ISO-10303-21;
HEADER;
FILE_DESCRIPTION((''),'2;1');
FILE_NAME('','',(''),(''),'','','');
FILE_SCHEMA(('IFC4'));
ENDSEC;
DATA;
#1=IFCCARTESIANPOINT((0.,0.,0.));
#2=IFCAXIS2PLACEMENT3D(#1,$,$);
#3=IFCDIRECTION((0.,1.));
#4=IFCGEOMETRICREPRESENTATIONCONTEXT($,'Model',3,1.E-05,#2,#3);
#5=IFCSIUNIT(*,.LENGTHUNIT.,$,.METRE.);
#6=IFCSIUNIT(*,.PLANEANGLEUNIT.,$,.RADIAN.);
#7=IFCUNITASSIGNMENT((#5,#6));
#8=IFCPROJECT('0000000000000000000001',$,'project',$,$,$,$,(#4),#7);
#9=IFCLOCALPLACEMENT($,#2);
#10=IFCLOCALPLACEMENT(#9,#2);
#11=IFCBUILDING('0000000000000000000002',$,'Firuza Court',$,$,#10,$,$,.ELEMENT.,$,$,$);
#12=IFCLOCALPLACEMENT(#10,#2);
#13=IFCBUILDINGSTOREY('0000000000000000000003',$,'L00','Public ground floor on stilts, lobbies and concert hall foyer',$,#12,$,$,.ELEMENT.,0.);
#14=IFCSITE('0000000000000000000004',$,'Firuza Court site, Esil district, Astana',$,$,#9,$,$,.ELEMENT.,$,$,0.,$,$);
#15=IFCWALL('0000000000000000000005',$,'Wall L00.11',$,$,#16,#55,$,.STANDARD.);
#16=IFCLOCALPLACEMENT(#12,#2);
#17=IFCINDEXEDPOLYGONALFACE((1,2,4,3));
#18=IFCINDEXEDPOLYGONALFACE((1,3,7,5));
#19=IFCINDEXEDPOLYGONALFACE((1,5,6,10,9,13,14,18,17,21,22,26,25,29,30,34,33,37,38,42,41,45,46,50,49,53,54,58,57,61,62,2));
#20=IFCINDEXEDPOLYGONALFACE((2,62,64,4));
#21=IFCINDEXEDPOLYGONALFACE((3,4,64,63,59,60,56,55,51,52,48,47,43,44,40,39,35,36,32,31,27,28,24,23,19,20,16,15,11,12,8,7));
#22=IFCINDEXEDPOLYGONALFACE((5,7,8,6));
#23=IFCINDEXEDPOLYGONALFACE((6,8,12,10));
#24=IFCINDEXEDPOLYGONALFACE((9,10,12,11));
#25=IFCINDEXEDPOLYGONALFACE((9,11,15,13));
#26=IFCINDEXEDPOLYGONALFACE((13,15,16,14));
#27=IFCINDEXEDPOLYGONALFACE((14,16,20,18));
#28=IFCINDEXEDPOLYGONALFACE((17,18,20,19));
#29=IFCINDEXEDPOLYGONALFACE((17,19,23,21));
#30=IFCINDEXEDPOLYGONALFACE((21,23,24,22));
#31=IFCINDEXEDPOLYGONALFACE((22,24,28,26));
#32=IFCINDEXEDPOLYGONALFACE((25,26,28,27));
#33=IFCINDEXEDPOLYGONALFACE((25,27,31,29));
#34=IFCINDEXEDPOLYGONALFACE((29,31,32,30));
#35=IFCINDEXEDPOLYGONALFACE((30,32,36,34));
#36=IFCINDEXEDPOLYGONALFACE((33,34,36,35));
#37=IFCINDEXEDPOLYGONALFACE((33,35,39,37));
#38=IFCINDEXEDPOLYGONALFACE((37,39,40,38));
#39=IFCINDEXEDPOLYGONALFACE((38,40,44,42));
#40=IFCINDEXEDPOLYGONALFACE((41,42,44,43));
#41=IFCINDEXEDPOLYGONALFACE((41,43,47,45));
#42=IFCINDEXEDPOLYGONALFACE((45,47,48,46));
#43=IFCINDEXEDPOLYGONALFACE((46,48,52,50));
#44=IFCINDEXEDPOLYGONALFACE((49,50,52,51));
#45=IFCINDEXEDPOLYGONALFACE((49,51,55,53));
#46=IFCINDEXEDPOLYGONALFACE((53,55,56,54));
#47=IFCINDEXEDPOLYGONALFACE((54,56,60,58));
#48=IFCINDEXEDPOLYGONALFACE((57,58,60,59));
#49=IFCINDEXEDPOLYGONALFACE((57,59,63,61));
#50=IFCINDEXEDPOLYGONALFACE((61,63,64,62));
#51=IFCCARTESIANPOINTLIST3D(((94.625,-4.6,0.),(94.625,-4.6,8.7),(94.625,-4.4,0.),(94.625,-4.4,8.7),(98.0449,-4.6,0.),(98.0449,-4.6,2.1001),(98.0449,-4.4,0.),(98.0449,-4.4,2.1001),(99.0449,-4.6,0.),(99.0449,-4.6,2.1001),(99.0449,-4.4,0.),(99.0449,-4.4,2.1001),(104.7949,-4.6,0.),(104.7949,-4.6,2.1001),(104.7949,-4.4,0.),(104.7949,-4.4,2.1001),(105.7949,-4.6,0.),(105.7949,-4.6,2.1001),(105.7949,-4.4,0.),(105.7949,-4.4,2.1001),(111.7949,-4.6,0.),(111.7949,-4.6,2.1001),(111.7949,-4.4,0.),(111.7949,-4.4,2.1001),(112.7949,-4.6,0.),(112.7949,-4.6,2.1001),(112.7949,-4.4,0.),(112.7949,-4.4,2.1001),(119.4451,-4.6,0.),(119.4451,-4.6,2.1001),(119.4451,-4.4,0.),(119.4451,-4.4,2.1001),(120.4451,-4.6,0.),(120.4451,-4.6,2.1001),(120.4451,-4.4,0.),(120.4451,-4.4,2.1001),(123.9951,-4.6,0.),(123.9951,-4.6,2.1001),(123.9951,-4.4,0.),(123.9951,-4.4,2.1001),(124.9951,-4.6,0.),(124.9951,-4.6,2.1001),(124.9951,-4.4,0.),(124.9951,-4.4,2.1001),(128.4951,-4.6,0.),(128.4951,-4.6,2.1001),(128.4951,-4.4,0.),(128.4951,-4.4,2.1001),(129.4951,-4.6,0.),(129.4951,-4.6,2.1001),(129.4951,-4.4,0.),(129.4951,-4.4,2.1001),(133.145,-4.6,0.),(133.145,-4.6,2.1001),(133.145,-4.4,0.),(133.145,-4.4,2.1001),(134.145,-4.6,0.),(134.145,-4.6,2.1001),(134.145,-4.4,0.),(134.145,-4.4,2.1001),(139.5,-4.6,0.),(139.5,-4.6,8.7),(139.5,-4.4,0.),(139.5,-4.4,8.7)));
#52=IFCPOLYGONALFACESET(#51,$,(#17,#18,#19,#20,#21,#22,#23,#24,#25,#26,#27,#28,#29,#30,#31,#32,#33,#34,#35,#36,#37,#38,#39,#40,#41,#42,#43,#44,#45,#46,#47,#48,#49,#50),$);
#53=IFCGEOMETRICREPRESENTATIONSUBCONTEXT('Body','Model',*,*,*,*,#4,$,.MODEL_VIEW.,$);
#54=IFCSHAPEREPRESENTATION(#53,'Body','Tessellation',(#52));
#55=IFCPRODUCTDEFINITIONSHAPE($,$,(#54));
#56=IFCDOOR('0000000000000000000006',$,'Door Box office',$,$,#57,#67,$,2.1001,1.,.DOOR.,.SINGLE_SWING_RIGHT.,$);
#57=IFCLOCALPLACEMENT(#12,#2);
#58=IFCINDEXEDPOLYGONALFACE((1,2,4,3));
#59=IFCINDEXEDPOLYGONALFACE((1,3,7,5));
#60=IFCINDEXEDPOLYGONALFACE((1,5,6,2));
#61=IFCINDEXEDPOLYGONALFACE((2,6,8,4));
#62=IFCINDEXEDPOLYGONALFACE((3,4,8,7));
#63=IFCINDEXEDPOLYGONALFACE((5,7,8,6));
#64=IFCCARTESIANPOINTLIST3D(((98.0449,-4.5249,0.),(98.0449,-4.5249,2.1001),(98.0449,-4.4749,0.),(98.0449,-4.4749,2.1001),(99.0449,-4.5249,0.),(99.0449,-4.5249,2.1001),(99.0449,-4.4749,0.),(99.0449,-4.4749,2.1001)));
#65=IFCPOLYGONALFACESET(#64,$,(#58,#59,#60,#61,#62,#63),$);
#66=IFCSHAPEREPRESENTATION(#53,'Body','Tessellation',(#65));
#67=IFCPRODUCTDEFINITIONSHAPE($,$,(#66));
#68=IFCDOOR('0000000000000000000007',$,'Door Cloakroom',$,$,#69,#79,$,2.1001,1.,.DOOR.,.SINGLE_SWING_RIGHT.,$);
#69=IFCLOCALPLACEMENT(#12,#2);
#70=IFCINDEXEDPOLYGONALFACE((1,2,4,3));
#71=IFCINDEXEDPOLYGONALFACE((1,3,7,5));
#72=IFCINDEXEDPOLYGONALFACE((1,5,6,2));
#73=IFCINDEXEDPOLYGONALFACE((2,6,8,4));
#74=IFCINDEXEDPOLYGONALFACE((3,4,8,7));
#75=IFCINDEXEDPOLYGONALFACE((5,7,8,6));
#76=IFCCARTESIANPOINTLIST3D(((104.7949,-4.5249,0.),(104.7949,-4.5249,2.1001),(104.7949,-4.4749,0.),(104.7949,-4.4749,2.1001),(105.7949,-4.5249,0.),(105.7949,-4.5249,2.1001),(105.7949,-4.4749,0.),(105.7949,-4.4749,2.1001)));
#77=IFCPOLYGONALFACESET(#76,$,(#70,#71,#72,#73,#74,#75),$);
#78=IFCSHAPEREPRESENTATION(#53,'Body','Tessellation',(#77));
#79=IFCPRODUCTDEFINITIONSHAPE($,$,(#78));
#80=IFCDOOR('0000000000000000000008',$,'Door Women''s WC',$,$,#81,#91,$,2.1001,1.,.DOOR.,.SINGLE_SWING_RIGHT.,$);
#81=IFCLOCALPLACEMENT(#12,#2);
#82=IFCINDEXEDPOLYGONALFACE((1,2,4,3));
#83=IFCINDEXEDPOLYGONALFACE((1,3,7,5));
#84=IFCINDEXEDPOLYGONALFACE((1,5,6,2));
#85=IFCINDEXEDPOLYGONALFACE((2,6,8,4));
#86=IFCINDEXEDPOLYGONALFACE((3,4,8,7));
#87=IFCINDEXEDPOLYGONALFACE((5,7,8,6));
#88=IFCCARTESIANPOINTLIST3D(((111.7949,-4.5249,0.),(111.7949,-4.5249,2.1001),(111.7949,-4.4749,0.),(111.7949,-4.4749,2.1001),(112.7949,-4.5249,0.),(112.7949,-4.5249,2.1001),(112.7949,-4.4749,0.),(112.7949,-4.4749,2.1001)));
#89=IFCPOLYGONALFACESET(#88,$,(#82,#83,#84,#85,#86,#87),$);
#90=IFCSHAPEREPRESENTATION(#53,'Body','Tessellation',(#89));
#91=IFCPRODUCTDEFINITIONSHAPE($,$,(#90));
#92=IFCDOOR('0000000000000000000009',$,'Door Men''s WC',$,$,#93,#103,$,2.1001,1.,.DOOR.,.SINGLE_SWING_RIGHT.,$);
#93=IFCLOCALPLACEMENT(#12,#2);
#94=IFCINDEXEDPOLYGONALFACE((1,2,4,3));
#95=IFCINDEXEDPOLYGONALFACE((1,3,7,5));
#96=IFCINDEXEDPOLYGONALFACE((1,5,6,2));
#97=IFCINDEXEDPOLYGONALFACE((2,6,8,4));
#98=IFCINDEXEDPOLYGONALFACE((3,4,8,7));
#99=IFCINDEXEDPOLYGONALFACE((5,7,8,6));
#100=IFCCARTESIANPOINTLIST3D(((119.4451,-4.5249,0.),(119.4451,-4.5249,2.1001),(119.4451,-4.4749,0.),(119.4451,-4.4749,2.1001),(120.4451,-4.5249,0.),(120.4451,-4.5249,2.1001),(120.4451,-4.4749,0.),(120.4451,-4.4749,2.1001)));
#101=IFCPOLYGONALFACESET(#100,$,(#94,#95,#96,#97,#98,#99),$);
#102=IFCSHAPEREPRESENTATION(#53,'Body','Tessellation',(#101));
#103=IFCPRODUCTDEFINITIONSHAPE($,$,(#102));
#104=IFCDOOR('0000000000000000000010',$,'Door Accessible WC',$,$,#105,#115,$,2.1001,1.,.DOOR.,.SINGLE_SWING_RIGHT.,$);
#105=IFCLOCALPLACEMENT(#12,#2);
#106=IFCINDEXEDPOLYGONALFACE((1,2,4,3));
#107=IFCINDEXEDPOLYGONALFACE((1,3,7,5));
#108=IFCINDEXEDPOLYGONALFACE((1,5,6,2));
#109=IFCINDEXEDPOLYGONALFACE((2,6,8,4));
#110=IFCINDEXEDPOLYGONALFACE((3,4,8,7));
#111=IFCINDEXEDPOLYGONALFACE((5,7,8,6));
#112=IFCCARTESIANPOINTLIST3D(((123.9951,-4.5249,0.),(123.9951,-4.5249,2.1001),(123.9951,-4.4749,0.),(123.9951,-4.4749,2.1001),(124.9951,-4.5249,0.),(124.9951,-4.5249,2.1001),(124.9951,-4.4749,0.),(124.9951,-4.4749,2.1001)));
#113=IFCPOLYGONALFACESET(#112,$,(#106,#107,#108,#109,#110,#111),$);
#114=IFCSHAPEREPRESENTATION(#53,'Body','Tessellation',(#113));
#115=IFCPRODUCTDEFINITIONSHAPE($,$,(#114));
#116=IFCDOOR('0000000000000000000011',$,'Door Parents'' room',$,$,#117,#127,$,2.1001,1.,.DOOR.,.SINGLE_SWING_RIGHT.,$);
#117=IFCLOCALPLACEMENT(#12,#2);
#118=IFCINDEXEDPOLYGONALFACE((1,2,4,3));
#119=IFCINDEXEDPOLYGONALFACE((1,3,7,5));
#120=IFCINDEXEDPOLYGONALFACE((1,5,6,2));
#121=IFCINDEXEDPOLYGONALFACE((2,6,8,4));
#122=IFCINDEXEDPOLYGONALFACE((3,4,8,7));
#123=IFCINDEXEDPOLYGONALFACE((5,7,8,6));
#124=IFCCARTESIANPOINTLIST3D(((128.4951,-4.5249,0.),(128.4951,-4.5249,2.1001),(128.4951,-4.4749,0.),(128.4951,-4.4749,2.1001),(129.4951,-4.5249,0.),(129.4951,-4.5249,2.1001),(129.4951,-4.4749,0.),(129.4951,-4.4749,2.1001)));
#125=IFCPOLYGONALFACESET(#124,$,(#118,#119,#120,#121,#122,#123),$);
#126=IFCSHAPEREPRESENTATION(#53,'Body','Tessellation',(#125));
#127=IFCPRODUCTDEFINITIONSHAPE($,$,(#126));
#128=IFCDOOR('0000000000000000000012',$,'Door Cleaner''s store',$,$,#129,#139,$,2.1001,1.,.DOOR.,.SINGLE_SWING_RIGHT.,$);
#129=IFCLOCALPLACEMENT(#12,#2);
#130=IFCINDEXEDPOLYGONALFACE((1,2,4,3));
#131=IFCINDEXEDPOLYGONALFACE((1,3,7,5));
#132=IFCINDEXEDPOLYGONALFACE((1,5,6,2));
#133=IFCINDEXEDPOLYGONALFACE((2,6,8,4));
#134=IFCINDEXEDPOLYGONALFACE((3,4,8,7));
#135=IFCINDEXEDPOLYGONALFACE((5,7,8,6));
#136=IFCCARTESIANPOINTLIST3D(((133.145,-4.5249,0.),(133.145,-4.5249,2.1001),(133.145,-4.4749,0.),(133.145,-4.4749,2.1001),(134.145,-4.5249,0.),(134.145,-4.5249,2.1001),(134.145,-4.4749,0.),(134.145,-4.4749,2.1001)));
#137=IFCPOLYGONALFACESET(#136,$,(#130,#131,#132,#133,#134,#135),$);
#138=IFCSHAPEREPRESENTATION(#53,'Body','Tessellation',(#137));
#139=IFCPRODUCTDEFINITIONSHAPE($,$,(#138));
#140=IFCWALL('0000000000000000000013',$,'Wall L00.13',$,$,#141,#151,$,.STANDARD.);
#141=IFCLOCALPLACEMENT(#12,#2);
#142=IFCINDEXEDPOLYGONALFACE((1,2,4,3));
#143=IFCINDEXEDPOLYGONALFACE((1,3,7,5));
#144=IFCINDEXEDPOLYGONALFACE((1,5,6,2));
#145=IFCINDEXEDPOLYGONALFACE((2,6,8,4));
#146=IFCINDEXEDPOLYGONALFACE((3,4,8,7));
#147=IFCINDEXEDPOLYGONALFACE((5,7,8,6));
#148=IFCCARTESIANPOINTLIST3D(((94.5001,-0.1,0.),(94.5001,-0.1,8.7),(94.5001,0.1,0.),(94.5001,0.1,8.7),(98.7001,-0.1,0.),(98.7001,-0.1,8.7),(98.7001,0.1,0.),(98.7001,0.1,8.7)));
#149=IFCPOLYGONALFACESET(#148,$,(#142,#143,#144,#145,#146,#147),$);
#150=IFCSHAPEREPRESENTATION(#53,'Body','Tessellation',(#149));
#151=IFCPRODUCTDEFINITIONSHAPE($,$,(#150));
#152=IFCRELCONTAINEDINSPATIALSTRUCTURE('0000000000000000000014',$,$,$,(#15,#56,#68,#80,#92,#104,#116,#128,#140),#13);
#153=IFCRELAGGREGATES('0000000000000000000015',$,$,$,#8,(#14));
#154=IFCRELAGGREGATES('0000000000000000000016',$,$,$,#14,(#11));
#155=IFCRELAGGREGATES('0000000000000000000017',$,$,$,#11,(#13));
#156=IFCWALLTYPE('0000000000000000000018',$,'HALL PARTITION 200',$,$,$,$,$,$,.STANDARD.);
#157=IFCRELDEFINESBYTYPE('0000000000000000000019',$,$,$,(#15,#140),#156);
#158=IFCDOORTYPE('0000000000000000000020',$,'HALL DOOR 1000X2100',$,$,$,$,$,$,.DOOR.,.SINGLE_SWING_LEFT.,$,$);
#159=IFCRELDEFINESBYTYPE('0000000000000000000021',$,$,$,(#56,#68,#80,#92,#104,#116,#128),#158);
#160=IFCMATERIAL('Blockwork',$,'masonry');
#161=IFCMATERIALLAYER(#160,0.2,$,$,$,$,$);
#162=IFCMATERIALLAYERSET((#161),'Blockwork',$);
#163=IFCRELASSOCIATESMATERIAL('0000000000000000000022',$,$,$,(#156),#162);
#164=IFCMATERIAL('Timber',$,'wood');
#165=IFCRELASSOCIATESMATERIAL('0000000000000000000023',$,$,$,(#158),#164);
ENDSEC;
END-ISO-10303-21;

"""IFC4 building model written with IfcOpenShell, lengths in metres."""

from ifc_helpers import new_model, si_unit, direction, frame, frame_2d, origin, place, context, subcontext, project, spatial, rectangle, extrude, material, layer, layer_set, type_object, element, fill, save


model = new_model("IFC4")

# Units and contexts
model_context = context("Model", 3, precision=1e-05, world=origin(), true_north=direction((0.0, 1.0)))
body_context = subcontext(model_context, "Body", "Model", "MODEL_VIEW")
ifc_project = project(units=[si_unit("LENGTHUNIT", "METRE"), si_unit("PLANEANGLEUNIT", "RADIAN")], contexts=[model_context])

# Site, building, storey
site_placement = place(None, origin())
site = spatial("IfcSite", under=ifc_project, at=site_placement, Name="Firuza Court site, Esil district, Astana", CompositionType="ELEMENT", RefElevation=0.0)
building_placement = place(site_placement, origin())
building = spatial("IfcBuilding", under=site, at=building_placement, Name="Firuza Court", CompositionType="ELEMENT")
storey_placement = place(building_placement, origin())
storey = spatial("IfcBuildingStorey", under=building, at=storey_placement, Name="L00", Description="Public ground floor on stilts, lobbies and concert hall foyer", CompositionType="ELEMENT", Elevation=0.0)

# Wall, openings, doors
ifc_material_1 = material(Name="Blockwork", Category="masonry")
ifc_layer_1 = layer(ifc_material_1, 0.2)
ifc_layer_set_1 = layer_set([ifc_layer_1], Name="Blockwork")
wall_type_1 = type_object("IfcWallType", Name="HALL PARTITION 200", PredefinedType="STANDARD", material=ifc_layer_set_1)
wall_1_placement = place(storey_placement, frame((94.625, -4.5, 0.0), z_axis=(0.0, 0.0, 1.0), x_axis=(1.0, 0.0, 0.0)))
wall_1 = element("IfcWall", 1, at=wall_1_placement, inside=storey, type_object=wall_type_1, Name="Wall L00.11", PredefinedType="STANDARD", context=body_context, shape_type="SweptSolid", body=[
    extrude(rectangle(XDim=44.875, YDim=0.2, at=frame_2d((22.4375, 0.0))), origin(), (0.0, 0.0, 1.0), 8.7),
])
opening_1_placement = place(wall_1_placement, frame((3.4199, 0.0, 0.0)))
opening_1 = element("IfcOpeningElement", 2, at=opening_1_placement, cuts=wall_1, PredefinedType="OPENING", context=body_context, shape_type="SweptSolid", body=[
    extrude(rectangle(XDim=1.0, YDim=2.1001, at=frame_2d((0.5, 1.05))), frame((0.0, 0.1118, 0.0), z_axis=(0.0, -1.0, 0.0), x_axis=(1.0, 0.0, 0.0)), (0.0, 0.0, 1.0), 0.2239),
])
opening_2_placement = place(wall_1_placement, frame((10.1699, 0.0, 0.0)))
opening_2 = element("IfcOpeningElement", 3, at=opening_2_placement, cuts=wall_1, PredefinedType="OPENING", context=body_context, shape_type="SweptSolid", body=[
    extrude(rectangle(XDim=1.0, YDim=2.1001, at=frame_2d((0.5, 1.05))), frame((0.0, 0.1118, 0.0), z_axis=(0.0, -1.0, 0.0), x_axis=(1.0, 0.0, 0.0)), (0.0, 0.0, 1.0), 0.2239),
])
opening_3_placement = place(wall_1_placement, frame((17.1699, 0.0, 0.0)))
opening_3 = element("IfcOpeningElement", 4, at=opening_3_placement, cuts=wall_1, PredefinedType="OPENING", context=body_context, shape_type="SweptSolid", body=[
    extrude(rectangle(XDim=1.0, YDim=2.1001, at=frame_2d((0.5, 1.05))), frame((0.0, 0.1118, 0.0), z_axis=(0.0, -1.0, 0.0), x_axis=(1.0, 0.0, 0.0)), (0.0, 0.0, 1.0), 0.2239),
])
opening_4_placement = place(wall_1_placement, frame((24.8201, 0.0, 0.0)))
opening_4 = element("IfcOpeningElement", 5, at=opening_4_placement, cuts=wall_1, PredefinedType="OPENING", context=body_context, shape_type="SweptSolid", body=[
    extrude(rectangle(XDim=1.0, YDim=2.1001, at=frame_2d((0.5, 1.05))), frame((0.0, 0.1118, 0.0), z_axis=(0.0, -1.0, 0.0), x_axis=(1.0, 0.0, 0.0)), (0.0, 0.0, 1.0), 0.2239),
])
opening_5_placement = place(wall_1_placement, frame((29.3701, 0.0, 0.0)))
opening_5 = element("IfcOpeningElement", 6, at=opening_5_placement, cuts=wall_1, PredefinedType="OPENING", context=body_context, shape_type="SweptSolid", body=[
    extrude(rectangle(XDim=1.0, YDim=2.1001, at=frame_2d((0.5, 1.05))), frame((0.0, 0.1118, 0.0), z_axis=(0.0, -1.0, 0.0), x_axis=(1.0, 0.0, 0.0)), (0.0, 0.0, 1.0), 0.2239),
])
opening_6_placement = place(wall_1_placement, frame((33.8701, 0.0, 0.0)))
opening_6 = element("IfcOpeningElement", 7, at=opening_6_placement, cuts=wall_1, PredefinedType="OPENING", context=body_context, shape_type="SweptSolid", body=[
    extrude(rectangle(XDim=1.0, YDim=2.1001, at=frame_2d((0.5, 1.05))), frame((0.0, 0.1118, 0.0), z_axis=(0.0, -1.0, 0.0), x_axis=(1.0, 0.0, 0.0)), (0.0, 0.0, 1.0), 0.2239),
])
opening_7_placement = place(wall_1_placement, frame((38.52, 0.0, 0.0)))
opening_7 = element("IfcOpeningElement", 8, at=opening_7_placement, cuts=wall_1, PredefinedType="OPENING", context=body_context, shape_type="SweptSolid", body=[
    extrude(rectangle(XDim=1.0, YDim=2.1001, at=frame_2d((0.5, 1.05))), frame((0.0, 0.1118, 0.0), z_axis=(0.0, -1.0, 0.0), x_axis=(1.0, 0.0, 0.0)), (0.0, 0.0, 1.0), 0.2239),
])
ifc_material_2 = material(Name="Timber", Category="wood")
door_type_1 = type_object("IfcDoorType", Name="HALL DOOR 1000X2100", OperationType="SINGLE_SWING_LEFT", PredefinedType="DOOR", material=ifc_material_2)
door_1_placement = place(opening_1_placement, frame((1.0, 0.0, 0.0), z_axis=(0.0, 0.0, 1.0), x_axis=(-1.0, 0.0, 0.0)))
door_1 = element("IfcDoor", 9, at=door_1_placement, inside=storey, type_object=door_type_1, Name="Door Box office", OperationType="SINGLE_SWING_RIGHT", OverallHeight=2.1001, OverallWidth=1.0, PredefinedType="DOOR", context=body_context, shape_type="SweptSolid", body=[
    extrude(rectangle(XDim=1.0, YDim=2.1001, at=frame_2d((0.5, 1.05))), frame((0.0, 0.0249, 0.0), z_axis=(0.0, -1.0, 0.0), x_axis=(1.0, 0.0, 0.0)), (0.0, 0.0, 1.0), 0.05),
])
fill(opening_1, door_1)
door_2_placement = place(opening_2_placement, frame((1.0, 0.0, 0.0), z_axis=(0.0, 0.0, 1.0), x_axis=(-1.0, 0.0, 0.0)))
door_2 = element("IfcDoor", 10, at=door_2_placement, inside=storey, type_object=door_type_1, Name="Door Cloakroom", OperationType="SINGLE_SWING_RIGHT", OverallHeight=2.1001, OverallWidth=1.0, PredefinedType="DOOR", context=body_context, shape_type="SweptSolid", body=[
    extrude(rectangle(XDim=1.0, YDim=2.1001, at=frame_2d((0.5, 1.05))), frame((0.0, 0.0249, 0.0), z_axis=(0.0, -1.0, 0.0), x_axis=(1.0, 0.0, 0.0)), (0.0, 0.0, 1.0), 0.05),
])
fill(opening_2, door_2)
door_3_placement = place(opening_3_placement, frame((1.0, 0.0, 0.0), z_axis=(0.0, 0.0, 1.0), x_axis=(-1.0, 0.0, 0.0)))
door_3 = element("IfcDoor", 11, at=door_3_placement, inside=storey, type_object=door_type_1, Name="Door Women's WC", OperationType="SINGLE_SWING_RIGHT", OverallHeight=2.1001, OverallWidth=1.0, PredefinedType="DOOR", context=body_context, shape_type="SweptSolid", body=[
    extrude(rectangle(XDim=1.0, YDim=2.1001, at=frame_2d((0.5, 1.05))), frame((0.0, 0.0249, 0.0), z_axis=(0.0, -1.0, 0.0), x_axis=(1.0, 0.0, 0.0)), (0.0, 0.0, 1.0), 0.05),
])
fill(opening_3, door_3)
door_4_placement = place(opening_4_placement, frame((1.0, 0.0, 0.0), z_axis=(0.0, 0.0, 1.0), x_axis=(-1.0, 0.0, 0.0)))
door_4 = element("IfcDoor", 12, at=door_4_placement, inside=storey, type_object=door_type_1, Name="Door Men's WC", OperationType="SINGLE_SWING_RIGHT", OverallHeight=2.1001, OverallWidth=1.0, PredefinedType="DOOR", context=body_context, shape_type="SweptSolid", body=[
    extrude(rectangle(XDim=1.0, YDim=2.1001, at=frame_2d((0.5, 1.05))), frame((0.0, 0.0249, 0.0), z_axis=(0.0, -1.0, 0.0), x_axis=(1.0, 0.0, 0.0)), (0.0, 0.0, 1.0), 0.05),
])
fill(opening_4, door_4)
door_5_placement = place(opening_5_placement, frame((1.0, 0.0, 0.0), z_axis=(0.0, 0.0, 1.0), x_axis=(-1.0, 0.0, 0.0)))
door_5 = element("IfcDoor", 13, at=door_5_placement, inside=storey, type_object=door_type_1, Name="Door Accessible WC", OperationType="SINGLE_SWING_RIGHT", OverallHeight=2.1001, OverallWidth=1.0, PredefinedType="DOOR", context=body_context, shape_type="SweptSolid", body=[
    extrude(rectangle(XDim=1.0, YDim=2.1001, at=frame_2d((0.5, 1.05))), frame((0.0, 0.0249, 0.0), z_axis=(0.0, -1.0, 0.0), x_axis=(1.0, 0.0, 0.0)), (0.0, 0.0, 1.0), 0.05),
])
fill(opening_5, door_5)
door_6_placement = place(opening_6_placement, frame((1.0, 0.0, 0.0), z_axis=(0.0, 0.0, 1.0), x_axis=(-1.0, 0.0, 0.0)))
door_6 = element("IfcDoor", 14, at=door_6_placement, inside=storey, type_object=door_type_1, Name="Door Parents' room", OperationType="SINGLE_SWING_RIGHT", OverallHeight=2.1001, OverallWidth=1.0, PredefinedType="DOOR", context=body_context, shape_type="SweptSolid", body=[
    extrude(rectangle(XDim=1.0, YDim=2.1001, at=frame_2d((0.5, 1.05))), frame((0.0, 0.0249, 0.0), z_axis=(0.0, -1.0, 0.0), x_axis=(1.0, 0.0, 0.0)), (0.0, 0.0, 1.0), 0.05),
])
fill(opening_6, door_6)
door_7_placement = place(opening_7_placement, frame((1.0, 0.0, 0.0), z_axis=(0.0, 0.0, 1.0), x_axis=(-1.0, 0.0, 0.0)))
door_7 = element("IfcDoor", 15, at=door_7_placement, inside=storey, type_object=door_type_1, Name="Door Cleaner's store", OperationType="SINGLE_SWING_RIGHT", OverallHeight=2.1001, OverallWidth=1.0, PredefinedType="DOOR", context=body_context, shape_type="SweptSolid", body=[
    extrude(rectangle(XDim=1.0, YDim=2.1001, at=frame_2d((0.5, 1.05))), frame((0.0, 0.0249, 0.0), z_axis=(0.0, -1.0, 0.0), x_axis=(1.0, 0.0, 0.0)), (0.0, 0.0, 1.0), 0.05),
])
fill(opening_7, door_7)

# Wall
wall_2_placement = place(storey_placement, frame((94.5, 0.0, 0.0), z_axis=(0.0, 0.0, 1.0), x_axis=(1.0, 0.0, 0.0)))
element("IfcWall", 16, at=wall_2_placement, inside=storey, type_object=wall_type_1, Name="Wall L00.13", PredefinedType="STANDARD", context=body_context, shape_type="SweptSolid", body=[
    extrude(rectangle(XDim=4.2, YDim=0.2, at=frame_2d((2.1001, 0.0))), origin(), (0.0, 0.0, 1.0), 8.7),
])

save(model, "model.ifc")
